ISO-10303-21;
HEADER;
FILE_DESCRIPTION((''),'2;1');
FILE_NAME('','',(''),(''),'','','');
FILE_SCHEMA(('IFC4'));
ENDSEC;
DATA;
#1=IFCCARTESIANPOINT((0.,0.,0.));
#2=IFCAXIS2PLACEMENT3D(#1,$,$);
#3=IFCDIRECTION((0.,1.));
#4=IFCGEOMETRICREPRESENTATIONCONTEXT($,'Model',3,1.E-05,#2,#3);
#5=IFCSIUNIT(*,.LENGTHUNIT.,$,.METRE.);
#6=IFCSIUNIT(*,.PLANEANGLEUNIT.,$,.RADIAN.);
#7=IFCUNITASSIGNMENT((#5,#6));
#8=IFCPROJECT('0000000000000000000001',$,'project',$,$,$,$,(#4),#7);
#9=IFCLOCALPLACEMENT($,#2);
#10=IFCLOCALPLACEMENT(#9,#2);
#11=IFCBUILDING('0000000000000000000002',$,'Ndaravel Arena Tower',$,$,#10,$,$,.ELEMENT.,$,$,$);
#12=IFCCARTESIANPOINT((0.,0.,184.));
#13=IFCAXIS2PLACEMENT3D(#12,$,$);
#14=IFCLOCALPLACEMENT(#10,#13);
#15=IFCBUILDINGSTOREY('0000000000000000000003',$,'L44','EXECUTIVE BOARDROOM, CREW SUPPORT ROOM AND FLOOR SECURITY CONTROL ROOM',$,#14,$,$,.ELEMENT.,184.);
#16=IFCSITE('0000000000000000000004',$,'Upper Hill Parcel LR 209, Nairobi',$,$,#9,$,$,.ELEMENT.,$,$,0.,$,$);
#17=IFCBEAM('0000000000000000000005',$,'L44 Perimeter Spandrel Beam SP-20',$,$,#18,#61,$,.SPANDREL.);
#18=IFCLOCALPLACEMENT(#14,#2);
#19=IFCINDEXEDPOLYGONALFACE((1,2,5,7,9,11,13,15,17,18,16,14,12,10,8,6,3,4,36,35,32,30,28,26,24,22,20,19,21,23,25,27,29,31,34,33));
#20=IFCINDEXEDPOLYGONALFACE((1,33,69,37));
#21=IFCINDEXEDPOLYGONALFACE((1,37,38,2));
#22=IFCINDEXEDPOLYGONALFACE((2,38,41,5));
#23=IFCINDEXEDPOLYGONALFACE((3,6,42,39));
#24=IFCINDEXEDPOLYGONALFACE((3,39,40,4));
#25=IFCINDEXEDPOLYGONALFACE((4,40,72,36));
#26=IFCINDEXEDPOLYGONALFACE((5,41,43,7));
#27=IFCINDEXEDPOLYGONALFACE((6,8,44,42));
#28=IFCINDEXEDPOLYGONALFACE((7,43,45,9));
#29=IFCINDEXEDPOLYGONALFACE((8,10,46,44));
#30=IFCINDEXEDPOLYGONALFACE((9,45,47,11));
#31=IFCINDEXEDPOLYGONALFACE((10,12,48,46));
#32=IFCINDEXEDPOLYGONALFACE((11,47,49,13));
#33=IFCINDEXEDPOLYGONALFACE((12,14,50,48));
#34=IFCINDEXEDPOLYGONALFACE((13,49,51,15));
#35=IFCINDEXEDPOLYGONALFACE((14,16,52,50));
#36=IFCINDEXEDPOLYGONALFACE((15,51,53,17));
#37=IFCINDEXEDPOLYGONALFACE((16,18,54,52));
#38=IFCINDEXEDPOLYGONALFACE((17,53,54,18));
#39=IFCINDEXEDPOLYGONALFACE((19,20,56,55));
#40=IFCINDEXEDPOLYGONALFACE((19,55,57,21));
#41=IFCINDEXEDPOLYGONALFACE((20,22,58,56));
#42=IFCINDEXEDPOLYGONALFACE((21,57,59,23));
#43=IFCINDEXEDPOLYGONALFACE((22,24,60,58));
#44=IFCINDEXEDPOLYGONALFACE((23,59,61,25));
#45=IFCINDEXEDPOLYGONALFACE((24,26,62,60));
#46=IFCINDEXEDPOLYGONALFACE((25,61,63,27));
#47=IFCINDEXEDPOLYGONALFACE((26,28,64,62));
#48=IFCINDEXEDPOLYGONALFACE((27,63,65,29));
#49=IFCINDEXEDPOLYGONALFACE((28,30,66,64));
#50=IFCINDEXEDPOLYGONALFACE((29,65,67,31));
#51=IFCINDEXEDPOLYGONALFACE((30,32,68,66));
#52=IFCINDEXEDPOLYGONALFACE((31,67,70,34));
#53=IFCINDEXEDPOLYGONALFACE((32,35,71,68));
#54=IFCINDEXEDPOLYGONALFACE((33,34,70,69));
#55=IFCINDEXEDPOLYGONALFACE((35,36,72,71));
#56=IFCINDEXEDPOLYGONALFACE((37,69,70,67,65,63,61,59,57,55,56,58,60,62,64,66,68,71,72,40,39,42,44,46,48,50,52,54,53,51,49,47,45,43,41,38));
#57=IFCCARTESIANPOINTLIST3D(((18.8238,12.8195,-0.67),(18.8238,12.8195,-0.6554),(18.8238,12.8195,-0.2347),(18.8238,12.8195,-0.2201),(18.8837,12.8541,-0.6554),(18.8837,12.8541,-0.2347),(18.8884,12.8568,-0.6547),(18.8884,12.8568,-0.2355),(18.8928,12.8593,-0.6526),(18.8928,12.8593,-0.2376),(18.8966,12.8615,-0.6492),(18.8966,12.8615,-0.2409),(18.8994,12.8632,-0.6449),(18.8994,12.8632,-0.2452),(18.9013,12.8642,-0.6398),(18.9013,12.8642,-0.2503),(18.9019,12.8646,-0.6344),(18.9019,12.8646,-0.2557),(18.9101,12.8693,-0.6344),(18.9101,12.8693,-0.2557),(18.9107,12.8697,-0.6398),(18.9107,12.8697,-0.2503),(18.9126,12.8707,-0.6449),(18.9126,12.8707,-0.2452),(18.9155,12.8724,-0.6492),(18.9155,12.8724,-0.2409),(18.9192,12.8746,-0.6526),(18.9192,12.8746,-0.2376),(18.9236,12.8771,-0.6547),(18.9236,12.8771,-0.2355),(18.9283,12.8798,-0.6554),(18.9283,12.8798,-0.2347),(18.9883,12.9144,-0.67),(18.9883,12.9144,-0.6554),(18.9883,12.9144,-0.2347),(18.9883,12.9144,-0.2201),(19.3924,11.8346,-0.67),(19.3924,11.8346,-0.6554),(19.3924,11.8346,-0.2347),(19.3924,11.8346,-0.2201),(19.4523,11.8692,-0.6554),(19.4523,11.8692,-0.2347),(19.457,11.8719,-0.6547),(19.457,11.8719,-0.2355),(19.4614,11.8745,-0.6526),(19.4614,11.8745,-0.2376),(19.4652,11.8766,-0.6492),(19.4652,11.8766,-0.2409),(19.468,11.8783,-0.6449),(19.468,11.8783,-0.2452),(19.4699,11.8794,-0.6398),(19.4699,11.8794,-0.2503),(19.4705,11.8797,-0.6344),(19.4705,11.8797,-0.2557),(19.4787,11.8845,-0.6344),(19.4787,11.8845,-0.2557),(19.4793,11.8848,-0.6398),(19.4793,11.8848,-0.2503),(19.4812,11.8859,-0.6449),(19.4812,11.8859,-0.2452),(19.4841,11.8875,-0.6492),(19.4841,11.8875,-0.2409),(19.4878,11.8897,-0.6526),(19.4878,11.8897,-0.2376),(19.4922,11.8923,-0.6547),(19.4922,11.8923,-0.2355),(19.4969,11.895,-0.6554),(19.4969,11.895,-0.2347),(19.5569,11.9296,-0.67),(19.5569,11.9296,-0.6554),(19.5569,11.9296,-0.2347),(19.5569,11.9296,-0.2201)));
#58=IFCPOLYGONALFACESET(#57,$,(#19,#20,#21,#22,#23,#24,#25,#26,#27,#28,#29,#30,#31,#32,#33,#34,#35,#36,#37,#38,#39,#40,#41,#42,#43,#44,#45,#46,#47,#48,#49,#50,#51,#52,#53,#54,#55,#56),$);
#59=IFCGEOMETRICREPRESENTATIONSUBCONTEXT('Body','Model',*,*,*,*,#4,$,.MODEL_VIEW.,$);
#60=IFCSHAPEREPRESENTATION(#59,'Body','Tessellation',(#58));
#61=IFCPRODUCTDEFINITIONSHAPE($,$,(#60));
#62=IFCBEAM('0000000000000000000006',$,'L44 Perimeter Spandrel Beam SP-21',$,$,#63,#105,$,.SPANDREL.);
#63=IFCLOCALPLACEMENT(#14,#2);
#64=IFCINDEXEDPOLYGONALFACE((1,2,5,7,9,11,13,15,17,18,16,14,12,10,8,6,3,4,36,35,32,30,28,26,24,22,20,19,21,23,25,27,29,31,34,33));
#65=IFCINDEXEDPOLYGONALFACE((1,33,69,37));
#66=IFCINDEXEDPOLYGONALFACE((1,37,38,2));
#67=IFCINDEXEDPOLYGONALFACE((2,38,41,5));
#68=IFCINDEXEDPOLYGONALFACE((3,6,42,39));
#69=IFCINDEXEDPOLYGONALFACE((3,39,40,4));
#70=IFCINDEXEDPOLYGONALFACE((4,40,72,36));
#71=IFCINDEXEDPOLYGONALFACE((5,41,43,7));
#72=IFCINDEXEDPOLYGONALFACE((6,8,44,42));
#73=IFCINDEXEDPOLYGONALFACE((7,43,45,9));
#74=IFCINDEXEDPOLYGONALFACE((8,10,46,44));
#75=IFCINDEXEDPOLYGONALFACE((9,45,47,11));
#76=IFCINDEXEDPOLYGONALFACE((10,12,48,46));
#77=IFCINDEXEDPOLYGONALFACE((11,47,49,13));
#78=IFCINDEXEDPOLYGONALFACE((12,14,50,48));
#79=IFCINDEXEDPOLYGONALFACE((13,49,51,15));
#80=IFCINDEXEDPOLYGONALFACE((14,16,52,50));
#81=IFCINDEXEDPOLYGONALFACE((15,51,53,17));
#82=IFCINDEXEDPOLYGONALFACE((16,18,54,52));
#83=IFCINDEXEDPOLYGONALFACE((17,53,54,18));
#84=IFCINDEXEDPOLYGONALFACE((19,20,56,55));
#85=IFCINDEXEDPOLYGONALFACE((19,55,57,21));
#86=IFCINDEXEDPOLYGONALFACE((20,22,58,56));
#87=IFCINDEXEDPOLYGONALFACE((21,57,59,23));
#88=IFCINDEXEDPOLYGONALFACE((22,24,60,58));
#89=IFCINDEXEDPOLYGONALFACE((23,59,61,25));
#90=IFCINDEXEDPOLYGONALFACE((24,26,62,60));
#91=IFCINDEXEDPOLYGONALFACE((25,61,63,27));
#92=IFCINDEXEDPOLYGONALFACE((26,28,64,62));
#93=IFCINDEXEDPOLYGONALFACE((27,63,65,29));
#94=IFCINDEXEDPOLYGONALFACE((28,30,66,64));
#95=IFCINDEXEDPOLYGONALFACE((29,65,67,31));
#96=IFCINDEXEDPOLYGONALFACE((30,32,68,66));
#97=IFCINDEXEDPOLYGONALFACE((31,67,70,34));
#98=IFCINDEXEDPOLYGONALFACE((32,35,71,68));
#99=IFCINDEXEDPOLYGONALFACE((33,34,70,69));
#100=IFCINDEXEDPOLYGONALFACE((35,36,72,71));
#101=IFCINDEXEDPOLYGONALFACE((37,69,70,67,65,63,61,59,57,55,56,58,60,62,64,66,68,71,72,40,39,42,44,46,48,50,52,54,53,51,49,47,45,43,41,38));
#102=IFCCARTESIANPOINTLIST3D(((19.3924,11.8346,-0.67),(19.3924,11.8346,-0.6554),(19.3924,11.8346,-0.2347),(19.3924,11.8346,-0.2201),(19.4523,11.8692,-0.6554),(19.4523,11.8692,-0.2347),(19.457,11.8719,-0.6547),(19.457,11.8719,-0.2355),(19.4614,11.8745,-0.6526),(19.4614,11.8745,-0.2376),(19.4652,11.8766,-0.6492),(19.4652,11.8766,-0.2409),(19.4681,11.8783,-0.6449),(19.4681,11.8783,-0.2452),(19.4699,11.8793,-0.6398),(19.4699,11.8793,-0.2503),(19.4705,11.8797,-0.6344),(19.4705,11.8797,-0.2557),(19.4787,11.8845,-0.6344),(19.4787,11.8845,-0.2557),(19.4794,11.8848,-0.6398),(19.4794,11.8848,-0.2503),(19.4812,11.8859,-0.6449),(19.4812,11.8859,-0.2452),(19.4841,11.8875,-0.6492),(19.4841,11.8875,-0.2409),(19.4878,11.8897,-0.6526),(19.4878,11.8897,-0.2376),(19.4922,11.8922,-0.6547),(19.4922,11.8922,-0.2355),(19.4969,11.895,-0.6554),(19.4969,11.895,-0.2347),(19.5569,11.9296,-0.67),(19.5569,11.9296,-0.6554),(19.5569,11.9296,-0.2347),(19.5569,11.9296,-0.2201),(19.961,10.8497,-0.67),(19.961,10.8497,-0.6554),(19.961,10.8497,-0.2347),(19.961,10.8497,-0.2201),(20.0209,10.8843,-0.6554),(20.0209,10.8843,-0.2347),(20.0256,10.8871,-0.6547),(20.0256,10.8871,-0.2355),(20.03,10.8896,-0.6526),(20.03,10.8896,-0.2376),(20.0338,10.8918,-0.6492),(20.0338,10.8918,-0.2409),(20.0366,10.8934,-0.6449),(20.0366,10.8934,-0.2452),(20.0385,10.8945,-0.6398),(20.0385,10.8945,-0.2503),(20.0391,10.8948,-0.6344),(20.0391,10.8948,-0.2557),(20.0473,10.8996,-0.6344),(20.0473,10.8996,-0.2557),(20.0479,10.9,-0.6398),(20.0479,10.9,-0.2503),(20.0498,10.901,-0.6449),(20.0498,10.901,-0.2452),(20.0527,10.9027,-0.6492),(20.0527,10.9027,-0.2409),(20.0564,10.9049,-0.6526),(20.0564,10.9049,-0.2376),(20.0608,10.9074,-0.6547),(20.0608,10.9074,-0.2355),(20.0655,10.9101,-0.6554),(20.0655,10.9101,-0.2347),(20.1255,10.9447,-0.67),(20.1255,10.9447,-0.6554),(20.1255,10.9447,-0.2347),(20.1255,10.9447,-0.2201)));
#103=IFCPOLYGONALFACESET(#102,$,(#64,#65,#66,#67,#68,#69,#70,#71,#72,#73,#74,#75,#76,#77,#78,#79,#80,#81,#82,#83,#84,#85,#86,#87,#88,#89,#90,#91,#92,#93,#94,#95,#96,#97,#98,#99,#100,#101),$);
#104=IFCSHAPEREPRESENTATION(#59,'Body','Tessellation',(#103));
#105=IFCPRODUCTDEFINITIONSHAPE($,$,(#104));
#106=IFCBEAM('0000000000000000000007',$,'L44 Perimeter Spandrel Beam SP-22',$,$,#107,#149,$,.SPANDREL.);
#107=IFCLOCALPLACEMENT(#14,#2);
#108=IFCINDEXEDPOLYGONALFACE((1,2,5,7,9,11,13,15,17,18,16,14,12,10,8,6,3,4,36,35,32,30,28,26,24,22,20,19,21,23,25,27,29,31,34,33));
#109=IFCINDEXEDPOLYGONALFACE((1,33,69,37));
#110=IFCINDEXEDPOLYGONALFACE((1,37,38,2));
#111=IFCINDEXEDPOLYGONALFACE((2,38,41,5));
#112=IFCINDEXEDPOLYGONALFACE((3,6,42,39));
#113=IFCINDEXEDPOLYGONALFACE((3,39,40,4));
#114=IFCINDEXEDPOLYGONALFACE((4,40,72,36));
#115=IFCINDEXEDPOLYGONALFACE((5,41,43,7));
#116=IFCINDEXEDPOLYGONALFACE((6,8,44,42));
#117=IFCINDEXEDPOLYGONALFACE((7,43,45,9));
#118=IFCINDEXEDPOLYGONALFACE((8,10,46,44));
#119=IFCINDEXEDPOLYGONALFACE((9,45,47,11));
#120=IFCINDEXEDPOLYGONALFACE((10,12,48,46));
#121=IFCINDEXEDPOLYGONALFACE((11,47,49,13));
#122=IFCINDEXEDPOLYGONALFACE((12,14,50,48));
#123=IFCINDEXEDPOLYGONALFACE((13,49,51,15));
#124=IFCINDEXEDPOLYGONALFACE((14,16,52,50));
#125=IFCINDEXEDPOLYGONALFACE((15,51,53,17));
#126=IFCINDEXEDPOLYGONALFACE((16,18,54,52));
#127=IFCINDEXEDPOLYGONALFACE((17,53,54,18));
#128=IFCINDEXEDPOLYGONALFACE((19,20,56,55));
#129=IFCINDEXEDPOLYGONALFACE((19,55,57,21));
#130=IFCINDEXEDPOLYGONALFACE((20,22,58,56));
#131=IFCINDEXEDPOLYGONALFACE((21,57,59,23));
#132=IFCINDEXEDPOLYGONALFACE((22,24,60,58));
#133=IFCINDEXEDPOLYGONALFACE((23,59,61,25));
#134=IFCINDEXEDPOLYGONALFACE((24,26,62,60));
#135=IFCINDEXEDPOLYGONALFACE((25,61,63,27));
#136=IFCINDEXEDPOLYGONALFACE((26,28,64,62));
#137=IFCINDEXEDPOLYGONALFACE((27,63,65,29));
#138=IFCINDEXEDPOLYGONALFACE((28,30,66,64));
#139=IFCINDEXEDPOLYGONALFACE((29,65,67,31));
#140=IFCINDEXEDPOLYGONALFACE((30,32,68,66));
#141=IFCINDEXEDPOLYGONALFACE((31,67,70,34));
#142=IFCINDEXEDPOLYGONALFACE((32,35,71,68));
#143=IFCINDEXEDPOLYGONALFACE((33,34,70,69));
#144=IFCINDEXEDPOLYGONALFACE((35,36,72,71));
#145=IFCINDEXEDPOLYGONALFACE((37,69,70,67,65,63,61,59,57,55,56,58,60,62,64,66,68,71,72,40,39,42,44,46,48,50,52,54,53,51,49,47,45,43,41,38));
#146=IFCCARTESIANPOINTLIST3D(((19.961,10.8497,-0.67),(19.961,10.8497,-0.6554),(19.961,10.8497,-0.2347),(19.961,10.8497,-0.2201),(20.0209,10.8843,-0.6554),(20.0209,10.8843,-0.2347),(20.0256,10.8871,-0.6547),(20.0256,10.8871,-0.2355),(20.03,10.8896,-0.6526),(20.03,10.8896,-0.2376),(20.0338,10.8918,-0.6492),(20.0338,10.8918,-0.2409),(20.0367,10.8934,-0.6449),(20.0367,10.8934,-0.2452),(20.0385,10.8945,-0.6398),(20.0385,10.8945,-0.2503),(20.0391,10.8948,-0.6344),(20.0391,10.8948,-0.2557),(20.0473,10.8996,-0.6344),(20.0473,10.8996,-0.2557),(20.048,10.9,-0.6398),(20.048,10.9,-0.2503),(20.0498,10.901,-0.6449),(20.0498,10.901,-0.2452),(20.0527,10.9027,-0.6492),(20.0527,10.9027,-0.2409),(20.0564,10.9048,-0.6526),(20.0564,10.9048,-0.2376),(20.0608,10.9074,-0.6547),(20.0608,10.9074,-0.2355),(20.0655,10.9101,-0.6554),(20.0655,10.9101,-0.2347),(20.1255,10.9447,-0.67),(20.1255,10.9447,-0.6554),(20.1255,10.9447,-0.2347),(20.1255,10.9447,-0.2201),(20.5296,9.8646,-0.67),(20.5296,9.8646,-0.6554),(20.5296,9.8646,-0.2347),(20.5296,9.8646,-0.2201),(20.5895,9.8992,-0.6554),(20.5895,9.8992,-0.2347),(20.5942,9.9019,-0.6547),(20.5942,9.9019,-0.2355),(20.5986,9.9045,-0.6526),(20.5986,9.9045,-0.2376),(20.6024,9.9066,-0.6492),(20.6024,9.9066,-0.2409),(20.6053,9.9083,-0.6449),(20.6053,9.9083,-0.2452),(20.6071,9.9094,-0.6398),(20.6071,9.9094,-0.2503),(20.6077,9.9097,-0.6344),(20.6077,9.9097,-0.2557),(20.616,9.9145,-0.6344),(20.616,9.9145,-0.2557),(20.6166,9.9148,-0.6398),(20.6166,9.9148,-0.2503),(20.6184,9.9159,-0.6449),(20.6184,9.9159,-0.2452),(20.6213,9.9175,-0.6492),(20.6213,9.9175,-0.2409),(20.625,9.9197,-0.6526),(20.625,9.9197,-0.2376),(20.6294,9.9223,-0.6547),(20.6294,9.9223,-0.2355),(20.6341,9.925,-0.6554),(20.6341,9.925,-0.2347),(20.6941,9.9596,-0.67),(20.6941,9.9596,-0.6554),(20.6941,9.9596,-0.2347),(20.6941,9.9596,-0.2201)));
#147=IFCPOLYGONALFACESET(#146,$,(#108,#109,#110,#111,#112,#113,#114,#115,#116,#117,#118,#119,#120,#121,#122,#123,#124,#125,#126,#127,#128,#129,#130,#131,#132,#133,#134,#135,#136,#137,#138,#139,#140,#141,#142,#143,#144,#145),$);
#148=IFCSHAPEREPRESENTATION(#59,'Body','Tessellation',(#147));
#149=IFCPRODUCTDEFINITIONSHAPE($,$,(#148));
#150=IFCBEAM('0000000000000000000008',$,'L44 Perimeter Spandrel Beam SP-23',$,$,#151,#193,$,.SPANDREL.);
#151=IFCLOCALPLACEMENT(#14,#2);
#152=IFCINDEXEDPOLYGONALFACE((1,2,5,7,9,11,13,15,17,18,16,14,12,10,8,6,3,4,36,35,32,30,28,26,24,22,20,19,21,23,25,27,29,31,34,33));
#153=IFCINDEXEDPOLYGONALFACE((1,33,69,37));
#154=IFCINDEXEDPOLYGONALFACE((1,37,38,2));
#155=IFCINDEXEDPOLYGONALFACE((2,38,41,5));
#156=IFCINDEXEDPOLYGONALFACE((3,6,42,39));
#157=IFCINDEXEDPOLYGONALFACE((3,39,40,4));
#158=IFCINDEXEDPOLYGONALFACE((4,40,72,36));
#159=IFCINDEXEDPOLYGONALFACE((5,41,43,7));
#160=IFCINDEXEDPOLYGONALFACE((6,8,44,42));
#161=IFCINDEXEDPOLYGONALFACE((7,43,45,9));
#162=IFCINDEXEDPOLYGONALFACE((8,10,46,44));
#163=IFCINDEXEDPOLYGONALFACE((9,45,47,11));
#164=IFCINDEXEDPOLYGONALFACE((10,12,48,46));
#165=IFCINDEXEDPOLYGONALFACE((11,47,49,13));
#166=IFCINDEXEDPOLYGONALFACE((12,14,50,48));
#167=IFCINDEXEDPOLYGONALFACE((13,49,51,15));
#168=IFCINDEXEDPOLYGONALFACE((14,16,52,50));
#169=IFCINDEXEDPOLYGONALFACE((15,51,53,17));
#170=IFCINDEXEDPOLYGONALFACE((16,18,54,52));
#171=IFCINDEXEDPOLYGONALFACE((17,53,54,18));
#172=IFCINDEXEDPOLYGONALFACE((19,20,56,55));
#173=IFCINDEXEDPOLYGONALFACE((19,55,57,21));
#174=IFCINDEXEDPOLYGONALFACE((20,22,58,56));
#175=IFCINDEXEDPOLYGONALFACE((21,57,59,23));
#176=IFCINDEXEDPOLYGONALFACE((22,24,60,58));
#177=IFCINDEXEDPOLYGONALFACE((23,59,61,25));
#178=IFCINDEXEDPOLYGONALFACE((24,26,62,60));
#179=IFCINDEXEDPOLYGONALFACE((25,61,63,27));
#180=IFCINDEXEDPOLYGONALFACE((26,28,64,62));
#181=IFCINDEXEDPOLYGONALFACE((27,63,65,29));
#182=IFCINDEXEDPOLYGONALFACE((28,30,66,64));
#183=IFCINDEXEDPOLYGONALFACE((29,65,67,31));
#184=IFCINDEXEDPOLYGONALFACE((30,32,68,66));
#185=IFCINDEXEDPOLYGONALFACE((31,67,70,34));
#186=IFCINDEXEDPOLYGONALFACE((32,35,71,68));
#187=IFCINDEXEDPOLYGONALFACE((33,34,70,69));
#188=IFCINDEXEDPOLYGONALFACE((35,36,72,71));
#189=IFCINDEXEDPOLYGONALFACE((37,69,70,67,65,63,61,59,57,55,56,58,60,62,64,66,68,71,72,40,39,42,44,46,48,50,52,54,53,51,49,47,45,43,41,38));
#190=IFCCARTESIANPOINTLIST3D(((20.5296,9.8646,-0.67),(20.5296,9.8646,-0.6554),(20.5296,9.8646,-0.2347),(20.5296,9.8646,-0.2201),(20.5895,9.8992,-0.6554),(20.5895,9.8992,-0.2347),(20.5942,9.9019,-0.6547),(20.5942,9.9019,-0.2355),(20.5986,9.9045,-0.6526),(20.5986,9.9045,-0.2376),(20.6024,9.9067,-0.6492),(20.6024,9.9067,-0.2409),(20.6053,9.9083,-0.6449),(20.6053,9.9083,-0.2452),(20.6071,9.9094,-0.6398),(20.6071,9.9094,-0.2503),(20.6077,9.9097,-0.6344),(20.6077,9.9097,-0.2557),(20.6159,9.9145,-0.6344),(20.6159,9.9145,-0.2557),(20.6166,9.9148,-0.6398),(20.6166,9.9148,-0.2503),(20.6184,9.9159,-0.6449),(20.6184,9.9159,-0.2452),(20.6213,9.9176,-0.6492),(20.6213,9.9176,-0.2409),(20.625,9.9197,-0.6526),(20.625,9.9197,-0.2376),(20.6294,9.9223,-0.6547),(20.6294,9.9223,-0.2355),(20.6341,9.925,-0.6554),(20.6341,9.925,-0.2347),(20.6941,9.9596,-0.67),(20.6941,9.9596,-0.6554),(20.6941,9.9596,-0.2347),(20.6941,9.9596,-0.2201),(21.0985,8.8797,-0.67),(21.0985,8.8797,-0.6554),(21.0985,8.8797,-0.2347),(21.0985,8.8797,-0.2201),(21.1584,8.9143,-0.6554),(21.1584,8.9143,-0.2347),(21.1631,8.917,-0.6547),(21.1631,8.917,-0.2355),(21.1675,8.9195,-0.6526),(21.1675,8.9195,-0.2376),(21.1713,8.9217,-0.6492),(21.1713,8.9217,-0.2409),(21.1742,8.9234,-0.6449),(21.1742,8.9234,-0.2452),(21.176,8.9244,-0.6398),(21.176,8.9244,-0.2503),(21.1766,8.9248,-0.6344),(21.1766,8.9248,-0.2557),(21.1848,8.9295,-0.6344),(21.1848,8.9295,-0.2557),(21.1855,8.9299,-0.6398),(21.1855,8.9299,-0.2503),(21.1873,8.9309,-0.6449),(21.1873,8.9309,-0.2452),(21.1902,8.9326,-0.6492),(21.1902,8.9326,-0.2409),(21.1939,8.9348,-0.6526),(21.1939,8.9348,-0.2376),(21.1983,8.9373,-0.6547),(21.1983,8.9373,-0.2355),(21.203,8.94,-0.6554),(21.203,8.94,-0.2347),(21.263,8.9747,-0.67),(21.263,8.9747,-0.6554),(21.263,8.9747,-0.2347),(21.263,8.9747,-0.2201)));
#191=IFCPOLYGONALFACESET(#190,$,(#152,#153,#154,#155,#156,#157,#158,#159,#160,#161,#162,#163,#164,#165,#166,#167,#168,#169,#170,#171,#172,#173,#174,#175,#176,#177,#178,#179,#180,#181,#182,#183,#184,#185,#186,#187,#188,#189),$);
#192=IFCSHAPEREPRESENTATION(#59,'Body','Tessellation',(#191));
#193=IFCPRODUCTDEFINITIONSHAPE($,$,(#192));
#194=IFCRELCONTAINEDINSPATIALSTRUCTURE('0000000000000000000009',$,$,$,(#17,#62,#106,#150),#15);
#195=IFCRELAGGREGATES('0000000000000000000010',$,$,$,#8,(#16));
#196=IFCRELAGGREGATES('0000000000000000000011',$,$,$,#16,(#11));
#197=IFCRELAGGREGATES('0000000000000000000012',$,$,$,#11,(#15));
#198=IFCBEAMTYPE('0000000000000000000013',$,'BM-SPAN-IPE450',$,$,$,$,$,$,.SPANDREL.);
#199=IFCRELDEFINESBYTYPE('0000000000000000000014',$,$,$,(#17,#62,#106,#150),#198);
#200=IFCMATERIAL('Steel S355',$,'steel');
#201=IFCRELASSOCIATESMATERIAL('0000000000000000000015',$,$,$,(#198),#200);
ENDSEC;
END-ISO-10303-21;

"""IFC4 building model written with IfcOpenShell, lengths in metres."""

from ifc_helpers import new_model, si_unit, direction, frame, origin, origin_2d, place, context, subcontext, project, spatial, i_section, extrude, material, material_profile, profile_set, type_object, element, save


model = new_model("IFC4")

# Units and contexts
model_context = context("Model", 3, precision=1e-05, world=origin(), true_north=direction((0.0, 1.0)))
body_context = subcontext(model_context, "Body", "Model", "MODEL_VIEW")
ifc_project = project(units=[si_unit("LENGTHUNIT", "METRE"), si_unit("PLANEANGLEUNIT", "RADIAN")], contexts=[model_context])

# Site, building, storey
site_placement = place(None, origin())
site = spatial("IfcSite", under=ifc_project, at=site_placement, Name="Upper Hill Parcel LR 209, Nairobi", CompositionType="ELEMENT", RefElevation=0.0)
building_placement = place(site_placement, origin())
building = spatial("IfcBuilding", under=site, at=building_placement, Name="Ndaravel Arena Tower", CompositionType="ELEMENT")
storey_placement = place(building_placement, frame((0.0, 0.0, 184.0)))
storey = spatial("IfcBuildingStorey", under=building, at=storey_placement, Name="L44", Description="EXECUTIVE BOARDROOM, CREW SUPPORT ROOM AND FLOOR SECURITY CONTROL ROOM", CompositionType="ELEMENT", Elevation=184.0)

# Beams
ifc_material_1 = material(Name="Steel S355", Category="steel")
ifc_material_profile_1 = material_profile(ifc_material_1, i_section(OverallWidth=0.1899, OverallDepth=0.45, WebThickness=0.0095, FlangeThickness=0.0146, FilletRadius=0.021, at=origin_2d()), Name="IPE 450")
ifc_profile_set_1 = profile_set([ifc_material_profile_1], Name="Steel S355")
beam_type = type_object("IfcBeamType", Name="BM-SPAN-IPE450", PredefinedType="SPANDREL", material=ifc_profile_set_1)
for number, where, z_axis, x_axis, name in (
    (1, (18.906, 12.8669, -0.4451), (0.499995, -0.866028, 0.0), (0.866028, 0.499995, 0.0), "L44 Perimeter Spandrel Beam SP-20"),
    (2, (19.4746, 11.8821, -0.4451), (0.499995, -0.866028, 0.0), (0.866028, 0.499995, 0.0), "L44 Perimeter Spandrel Beam SP-21"),
):
    element("IfcBeam", number, at=place(storey_placement, frame(where, z_axis=z_axis, x_axis=x_axis)), inside=storey, type_object=beam_type, Name=name, PredefinedType="SPANDREL", context=body_context, shape_type="SweptSolid", body=[
        extrude(i_section(OverallWidth=0.1899, OverallDepth=0.45, WebThickness=0.0095, FlangeThickness=0.0146, FilletRadius=0.021, at=origin_2d()), origin(), (0.0, 0.0, 1.0), 1.1372),
    ])
for number, where, z_axis, x_axis, name in (
    (3, (20.0432, 10.8972, -0.4451), (0.499902, -0.866082, 0.0), (0.866082, 0.499902, 0.0), "L44 Perimeter Spandrel Beam SP-22"),
    (4, (20.6118, 9.9121, -0.4451), (0.500156, -0.865935, 0.0), (0.865935, 0.500156, 0.0), "L44 Perimeter Spandrel Beam SP-23"),
):
    element("IfcBeam", number, at=place(storey_placement, frame(where, z_axis=z_axis, x_axis=x_axis)), inside=storey, type_object=beam_type, Name=name, PredefinedType="SPANDREL", context=body_context, shape_type="SweptSolid", body=[
        extrude(i_section(OverallWidth=0.1899, OverallDepth=0.45, WebThickness=0.0095, FlangeThickness=0.0146, FilletRadius=0.021, at=origin_2d()), origin(), (0.0, 0.0, 1.0), 1.1375),
    ])

save(model, "model.ifc")
